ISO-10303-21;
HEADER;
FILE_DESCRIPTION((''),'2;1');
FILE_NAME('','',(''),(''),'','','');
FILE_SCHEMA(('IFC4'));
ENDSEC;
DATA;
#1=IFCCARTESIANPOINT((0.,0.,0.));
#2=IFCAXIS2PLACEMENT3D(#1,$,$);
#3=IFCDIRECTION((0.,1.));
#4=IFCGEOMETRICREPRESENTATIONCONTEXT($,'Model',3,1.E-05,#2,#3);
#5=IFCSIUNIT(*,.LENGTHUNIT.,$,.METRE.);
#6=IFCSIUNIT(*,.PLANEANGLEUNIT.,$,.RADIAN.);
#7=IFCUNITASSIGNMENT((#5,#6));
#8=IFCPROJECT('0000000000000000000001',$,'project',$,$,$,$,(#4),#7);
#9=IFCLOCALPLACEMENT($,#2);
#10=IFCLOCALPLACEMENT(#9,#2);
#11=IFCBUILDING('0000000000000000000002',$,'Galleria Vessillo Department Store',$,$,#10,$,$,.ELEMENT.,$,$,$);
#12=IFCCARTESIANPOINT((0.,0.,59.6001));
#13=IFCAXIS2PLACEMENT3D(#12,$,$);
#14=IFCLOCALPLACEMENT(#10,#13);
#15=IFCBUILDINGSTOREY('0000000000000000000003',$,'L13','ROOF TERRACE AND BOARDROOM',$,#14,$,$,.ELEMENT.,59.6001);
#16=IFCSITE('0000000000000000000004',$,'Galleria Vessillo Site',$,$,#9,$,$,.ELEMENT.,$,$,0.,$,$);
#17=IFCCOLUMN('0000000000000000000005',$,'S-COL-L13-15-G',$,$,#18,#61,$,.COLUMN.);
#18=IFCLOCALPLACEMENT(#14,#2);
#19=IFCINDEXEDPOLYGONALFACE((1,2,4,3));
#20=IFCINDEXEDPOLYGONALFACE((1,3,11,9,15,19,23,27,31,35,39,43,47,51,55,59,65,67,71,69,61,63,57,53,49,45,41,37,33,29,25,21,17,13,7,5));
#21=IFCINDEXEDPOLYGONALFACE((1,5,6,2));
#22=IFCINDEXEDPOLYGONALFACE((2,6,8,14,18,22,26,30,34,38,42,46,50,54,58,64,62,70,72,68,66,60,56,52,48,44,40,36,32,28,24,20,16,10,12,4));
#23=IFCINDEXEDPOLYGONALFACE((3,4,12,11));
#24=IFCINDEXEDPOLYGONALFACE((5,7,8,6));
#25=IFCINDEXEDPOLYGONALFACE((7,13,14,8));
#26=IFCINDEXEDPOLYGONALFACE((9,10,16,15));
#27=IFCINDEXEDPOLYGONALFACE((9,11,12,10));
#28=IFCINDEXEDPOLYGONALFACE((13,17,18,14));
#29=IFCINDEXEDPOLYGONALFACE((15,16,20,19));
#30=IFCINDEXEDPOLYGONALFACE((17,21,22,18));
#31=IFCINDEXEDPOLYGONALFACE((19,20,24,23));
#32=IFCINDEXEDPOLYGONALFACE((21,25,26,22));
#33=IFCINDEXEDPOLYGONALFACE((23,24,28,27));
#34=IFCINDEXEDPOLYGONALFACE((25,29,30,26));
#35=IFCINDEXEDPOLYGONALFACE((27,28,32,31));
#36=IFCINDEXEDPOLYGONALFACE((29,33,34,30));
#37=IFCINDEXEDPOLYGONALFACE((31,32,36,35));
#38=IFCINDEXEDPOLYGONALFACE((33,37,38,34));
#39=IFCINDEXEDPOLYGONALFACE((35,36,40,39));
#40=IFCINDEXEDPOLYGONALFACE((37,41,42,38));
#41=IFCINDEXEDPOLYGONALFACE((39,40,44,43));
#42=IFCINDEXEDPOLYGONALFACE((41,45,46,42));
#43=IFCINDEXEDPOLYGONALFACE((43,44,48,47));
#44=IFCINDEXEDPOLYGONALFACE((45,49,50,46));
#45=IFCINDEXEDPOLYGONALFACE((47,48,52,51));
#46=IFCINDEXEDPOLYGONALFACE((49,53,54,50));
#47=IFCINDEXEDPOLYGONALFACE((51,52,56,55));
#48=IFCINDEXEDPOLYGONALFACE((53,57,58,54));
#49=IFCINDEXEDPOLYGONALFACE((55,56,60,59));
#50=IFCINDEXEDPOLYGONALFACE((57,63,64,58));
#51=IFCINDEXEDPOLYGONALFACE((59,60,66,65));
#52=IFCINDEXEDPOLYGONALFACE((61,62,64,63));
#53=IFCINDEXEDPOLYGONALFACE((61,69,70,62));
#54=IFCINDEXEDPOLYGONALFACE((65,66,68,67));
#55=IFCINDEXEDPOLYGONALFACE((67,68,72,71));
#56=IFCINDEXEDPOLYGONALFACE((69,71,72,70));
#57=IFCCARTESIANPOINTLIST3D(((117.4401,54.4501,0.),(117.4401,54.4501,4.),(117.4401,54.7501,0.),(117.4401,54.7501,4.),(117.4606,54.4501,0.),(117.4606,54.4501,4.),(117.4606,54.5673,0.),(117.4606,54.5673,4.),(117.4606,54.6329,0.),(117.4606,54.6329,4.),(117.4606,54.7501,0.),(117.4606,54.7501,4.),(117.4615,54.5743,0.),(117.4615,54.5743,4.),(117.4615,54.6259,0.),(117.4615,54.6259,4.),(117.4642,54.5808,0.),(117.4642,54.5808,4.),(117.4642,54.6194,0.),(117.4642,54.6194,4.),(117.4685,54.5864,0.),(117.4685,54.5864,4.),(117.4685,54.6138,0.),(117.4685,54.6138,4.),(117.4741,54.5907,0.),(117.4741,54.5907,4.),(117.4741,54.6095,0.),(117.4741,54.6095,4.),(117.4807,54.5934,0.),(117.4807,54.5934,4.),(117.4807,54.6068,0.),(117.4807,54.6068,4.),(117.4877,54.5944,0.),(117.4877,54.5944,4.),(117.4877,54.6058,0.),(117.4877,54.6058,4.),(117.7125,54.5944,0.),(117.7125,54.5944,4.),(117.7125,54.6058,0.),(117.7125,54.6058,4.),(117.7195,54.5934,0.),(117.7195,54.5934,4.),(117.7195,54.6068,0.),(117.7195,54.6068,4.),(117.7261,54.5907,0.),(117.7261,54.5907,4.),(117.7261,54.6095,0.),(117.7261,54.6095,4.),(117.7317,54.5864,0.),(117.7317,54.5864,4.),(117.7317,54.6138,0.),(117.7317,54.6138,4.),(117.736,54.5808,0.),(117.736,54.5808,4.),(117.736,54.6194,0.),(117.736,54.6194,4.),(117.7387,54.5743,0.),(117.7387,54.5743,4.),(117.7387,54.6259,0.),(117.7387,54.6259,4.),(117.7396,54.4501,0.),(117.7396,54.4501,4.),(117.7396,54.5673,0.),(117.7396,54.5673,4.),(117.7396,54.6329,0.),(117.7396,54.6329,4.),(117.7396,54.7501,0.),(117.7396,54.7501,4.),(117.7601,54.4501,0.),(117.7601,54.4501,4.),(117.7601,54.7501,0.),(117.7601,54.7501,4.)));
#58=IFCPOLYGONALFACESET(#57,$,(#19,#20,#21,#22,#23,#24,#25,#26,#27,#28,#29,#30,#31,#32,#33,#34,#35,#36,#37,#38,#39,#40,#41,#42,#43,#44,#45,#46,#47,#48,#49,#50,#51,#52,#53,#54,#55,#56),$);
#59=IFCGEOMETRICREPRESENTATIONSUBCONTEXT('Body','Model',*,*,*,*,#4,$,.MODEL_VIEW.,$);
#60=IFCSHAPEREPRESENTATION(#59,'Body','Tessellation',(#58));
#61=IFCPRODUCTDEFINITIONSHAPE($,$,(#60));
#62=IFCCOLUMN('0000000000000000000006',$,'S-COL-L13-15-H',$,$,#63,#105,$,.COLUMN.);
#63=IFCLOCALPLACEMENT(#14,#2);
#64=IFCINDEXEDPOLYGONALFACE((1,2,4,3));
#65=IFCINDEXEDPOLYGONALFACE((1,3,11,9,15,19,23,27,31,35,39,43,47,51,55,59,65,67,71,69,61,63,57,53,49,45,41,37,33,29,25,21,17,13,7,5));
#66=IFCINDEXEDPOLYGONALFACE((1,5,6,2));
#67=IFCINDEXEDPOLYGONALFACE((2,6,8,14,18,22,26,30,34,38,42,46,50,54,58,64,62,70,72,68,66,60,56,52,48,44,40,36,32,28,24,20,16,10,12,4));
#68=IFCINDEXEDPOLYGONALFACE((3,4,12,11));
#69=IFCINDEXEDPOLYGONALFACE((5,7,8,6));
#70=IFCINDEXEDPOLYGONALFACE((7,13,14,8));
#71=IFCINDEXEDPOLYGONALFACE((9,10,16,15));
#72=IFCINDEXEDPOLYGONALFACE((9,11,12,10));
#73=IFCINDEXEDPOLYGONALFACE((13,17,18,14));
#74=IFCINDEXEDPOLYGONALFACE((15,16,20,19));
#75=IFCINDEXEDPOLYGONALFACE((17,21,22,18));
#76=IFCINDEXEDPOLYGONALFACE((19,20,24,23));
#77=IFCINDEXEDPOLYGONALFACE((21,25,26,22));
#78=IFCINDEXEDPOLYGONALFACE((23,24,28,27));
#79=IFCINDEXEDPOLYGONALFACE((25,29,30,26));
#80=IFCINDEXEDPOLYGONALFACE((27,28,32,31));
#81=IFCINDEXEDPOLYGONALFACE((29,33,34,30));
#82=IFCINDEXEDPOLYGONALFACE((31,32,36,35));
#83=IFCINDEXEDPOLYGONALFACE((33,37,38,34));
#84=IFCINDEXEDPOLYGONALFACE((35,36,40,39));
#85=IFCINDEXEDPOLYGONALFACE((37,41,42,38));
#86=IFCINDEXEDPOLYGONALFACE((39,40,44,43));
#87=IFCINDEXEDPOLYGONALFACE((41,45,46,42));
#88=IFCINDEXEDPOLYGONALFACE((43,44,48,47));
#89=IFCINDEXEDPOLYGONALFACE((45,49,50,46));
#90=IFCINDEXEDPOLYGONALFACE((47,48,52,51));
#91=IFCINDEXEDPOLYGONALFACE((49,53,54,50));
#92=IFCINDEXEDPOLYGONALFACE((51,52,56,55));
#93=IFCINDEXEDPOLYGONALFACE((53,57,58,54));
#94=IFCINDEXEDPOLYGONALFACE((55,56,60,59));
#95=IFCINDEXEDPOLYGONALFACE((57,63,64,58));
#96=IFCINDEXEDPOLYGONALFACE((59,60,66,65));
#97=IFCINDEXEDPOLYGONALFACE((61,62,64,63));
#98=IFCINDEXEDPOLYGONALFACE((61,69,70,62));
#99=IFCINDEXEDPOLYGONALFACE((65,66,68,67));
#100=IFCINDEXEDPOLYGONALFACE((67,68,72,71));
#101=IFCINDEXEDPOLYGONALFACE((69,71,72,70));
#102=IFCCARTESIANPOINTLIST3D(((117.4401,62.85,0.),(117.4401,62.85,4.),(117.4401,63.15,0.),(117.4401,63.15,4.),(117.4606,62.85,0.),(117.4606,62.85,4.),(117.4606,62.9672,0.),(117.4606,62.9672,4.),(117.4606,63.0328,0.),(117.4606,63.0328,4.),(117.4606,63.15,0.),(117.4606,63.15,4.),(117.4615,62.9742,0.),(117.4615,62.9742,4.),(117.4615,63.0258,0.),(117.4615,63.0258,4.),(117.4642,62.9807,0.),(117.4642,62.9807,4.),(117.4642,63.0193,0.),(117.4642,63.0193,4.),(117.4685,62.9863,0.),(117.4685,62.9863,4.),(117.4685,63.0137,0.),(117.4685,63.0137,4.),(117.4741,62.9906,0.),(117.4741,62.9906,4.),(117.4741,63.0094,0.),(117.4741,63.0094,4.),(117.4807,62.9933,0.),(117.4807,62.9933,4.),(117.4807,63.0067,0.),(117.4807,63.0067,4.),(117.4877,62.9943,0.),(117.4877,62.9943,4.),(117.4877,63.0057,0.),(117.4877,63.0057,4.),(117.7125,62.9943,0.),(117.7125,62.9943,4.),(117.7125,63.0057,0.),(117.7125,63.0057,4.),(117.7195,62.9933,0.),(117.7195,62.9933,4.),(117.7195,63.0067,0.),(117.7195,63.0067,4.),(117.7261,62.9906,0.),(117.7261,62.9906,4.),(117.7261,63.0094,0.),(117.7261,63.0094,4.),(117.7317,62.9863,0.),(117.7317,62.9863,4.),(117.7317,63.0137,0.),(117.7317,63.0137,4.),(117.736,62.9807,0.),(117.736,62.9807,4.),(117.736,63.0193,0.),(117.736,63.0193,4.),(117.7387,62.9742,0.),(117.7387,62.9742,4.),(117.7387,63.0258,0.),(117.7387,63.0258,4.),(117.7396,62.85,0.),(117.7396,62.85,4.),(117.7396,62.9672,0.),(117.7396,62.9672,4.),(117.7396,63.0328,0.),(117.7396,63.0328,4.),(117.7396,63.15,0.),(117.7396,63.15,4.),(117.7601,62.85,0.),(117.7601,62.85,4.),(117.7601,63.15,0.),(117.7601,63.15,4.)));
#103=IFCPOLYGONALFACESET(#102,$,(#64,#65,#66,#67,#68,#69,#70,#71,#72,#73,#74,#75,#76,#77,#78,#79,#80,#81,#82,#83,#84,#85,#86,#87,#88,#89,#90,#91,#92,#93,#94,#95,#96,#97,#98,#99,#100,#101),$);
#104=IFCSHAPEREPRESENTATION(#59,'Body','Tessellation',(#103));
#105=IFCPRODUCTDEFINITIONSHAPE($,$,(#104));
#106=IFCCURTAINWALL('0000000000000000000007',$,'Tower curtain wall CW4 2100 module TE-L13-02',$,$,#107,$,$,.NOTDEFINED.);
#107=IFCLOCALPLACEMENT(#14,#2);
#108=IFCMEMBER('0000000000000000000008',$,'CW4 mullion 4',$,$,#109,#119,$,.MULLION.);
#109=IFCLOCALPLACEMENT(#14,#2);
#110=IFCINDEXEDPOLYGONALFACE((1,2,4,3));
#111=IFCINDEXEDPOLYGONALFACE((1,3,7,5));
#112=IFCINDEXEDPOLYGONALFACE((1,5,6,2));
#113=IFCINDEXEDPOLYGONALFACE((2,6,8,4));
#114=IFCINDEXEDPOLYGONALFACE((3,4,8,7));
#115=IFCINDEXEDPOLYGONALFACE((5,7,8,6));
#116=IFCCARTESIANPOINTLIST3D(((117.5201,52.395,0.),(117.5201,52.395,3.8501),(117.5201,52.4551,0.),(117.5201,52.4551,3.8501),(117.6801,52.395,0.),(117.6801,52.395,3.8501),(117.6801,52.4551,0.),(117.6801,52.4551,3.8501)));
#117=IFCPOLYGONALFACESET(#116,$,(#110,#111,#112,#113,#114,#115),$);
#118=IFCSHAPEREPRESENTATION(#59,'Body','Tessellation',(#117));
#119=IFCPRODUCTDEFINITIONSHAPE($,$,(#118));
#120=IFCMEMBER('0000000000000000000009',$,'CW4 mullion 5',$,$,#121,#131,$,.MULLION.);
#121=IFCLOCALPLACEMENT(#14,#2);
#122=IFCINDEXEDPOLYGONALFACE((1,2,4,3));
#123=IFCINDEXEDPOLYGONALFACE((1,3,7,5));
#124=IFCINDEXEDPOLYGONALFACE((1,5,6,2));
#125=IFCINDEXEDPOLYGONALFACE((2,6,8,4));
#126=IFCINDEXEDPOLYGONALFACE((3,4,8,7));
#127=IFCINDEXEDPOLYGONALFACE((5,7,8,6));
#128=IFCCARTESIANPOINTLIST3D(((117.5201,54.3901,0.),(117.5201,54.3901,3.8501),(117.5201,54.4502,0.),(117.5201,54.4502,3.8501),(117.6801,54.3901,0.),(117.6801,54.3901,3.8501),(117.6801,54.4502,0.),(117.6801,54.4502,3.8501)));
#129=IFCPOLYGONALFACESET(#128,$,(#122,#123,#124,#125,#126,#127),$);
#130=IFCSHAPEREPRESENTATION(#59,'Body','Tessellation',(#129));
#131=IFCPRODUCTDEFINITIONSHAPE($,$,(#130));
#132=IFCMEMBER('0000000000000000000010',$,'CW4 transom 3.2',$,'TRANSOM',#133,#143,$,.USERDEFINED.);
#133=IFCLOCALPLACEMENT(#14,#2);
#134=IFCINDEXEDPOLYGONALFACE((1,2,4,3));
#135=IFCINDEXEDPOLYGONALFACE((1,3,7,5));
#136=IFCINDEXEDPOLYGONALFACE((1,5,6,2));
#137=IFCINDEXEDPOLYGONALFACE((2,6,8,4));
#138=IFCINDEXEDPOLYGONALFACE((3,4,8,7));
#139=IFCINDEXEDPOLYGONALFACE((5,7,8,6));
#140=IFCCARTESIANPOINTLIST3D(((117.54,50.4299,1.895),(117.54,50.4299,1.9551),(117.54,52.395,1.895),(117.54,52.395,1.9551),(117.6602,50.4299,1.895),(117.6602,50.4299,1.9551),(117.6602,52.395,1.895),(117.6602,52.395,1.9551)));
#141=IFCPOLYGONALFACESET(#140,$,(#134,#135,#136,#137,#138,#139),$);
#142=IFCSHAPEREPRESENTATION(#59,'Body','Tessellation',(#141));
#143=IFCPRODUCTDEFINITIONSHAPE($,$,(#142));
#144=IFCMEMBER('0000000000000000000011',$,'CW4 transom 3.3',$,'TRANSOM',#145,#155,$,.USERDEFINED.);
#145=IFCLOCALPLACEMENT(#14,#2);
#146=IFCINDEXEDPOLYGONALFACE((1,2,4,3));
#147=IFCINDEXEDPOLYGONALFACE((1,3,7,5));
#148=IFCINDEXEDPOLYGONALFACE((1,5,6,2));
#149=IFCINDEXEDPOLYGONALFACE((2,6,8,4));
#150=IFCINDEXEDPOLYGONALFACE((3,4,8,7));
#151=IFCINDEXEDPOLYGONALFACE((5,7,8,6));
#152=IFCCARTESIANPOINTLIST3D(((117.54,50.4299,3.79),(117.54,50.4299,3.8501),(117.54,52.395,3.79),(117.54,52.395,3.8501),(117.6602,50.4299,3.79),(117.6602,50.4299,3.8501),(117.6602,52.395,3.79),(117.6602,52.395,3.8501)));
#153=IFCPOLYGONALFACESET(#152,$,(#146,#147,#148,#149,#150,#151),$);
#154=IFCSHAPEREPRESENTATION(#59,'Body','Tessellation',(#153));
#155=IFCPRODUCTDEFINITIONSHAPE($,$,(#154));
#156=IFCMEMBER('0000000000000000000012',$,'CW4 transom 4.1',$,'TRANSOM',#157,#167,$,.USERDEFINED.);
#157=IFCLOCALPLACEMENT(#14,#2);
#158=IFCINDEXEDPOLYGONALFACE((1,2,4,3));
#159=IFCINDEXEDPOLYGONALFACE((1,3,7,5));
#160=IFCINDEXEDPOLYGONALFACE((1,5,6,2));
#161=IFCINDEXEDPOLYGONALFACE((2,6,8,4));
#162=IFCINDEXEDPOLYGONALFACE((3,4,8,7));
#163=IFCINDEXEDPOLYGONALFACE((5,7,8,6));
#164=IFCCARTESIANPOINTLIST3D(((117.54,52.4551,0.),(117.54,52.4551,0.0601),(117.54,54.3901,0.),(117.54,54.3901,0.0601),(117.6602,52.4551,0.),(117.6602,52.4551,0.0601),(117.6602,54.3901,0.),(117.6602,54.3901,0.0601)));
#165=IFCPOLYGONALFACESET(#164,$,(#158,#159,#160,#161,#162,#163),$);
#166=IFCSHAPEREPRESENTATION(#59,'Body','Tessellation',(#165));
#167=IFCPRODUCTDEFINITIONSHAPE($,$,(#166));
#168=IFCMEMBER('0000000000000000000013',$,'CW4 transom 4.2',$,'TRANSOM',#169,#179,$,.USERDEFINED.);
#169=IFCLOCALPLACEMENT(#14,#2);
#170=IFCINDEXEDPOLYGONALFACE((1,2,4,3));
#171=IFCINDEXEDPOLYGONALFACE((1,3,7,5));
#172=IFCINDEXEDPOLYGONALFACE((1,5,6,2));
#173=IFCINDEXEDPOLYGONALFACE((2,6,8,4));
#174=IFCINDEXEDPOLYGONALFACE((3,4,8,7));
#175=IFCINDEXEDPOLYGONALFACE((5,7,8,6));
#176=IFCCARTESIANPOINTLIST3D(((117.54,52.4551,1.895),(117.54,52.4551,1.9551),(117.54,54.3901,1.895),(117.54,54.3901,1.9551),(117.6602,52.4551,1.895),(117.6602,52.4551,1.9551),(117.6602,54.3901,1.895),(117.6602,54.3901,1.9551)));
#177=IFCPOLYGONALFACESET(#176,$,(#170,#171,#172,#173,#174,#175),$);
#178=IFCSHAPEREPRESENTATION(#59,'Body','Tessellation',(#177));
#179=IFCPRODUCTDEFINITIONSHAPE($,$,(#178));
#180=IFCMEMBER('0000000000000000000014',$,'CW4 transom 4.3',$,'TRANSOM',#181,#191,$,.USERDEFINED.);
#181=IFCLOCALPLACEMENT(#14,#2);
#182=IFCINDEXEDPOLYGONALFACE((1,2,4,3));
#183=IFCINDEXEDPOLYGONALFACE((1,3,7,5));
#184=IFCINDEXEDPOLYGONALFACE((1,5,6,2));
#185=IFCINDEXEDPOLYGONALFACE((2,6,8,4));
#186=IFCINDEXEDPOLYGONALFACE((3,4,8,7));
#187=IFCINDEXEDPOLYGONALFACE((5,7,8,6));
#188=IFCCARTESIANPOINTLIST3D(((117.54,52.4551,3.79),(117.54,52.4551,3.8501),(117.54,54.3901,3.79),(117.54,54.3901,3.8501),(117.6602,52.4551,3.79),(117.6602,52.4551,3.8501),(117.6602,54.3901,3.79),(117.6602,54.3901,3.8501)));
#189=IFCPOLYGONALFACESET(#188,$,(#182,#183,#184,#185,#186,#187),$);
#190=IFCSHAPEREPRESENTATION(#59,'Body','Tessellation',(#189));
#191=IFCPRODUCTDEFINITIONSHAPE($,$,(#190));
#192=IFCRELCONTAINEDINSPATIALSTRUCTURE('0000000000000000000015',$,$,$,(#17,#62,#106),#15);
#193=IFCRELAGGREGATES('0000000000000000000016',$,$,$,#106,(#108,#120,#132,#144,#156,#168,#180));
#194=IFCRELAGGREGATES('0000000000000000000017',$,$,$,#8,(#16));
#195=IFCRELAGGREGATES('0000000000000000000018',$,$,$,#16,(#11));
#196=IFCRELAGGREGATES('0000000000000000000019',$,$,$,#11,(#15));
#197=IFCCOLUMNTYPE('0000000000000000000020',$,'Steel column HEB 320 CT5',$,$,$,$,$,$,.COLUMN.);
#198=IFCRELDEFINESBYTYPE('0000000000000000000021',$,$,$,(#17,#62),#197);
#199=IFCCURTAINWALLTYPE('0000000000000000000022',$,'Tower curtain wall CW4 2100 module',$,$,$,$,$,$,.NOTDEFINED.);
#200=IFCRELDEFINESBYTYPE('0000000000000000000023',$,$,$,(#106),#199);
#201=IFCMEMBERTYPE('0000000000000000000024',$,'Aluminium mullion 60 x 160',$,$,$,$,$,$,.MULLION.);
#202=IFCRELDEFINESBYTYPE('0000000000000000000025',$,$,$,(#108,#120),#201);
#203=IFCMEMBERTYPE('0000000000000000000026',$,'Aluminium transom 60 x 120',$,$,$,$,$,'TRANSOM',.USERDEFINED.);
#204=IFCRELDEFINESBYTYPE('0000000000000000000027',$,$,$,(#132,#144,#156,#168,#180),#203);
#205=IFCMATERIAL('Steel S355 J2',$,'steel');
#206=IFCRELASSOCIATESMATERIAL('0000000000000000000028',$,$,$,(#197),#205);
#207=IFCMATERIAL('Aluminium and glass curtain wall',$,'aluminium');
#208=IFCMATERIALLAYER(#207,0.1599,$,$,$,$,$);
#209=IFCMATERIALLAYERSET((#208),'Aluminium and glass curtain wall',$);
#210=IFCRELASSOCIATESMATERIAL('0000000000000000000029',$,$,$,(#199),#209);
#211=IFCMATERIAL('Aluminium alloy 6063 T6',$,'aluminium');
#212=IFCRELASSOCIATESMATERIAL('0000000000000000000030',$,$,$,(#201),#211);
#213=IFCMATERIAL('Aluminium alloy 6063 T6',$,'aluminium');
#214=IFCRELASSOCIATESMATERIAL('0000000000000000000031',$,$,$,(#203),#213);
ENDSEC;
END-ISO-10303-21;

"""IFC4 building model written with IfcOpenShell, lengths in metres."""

from ifc_helpers import new_model, si_unit, direction, frame, origin, origin_2d, place, context, subcontext, project, spatial, rectangle, i_section, extrude, material, layer, layer_set, material_profile, profile_set, type_object, element, aggregate, save


model = new_model("IFC4")

# Units and contexts
model_context = context("Model", 3, precision=1e-05, world=origin(), true_north=direction((0.0, 1.0)))
body_context = subcontext(model_context, "Body", "Model", "MODEL_VIEW")
ifc_project = project(units=[si_unit("LENGTHUNIT", "METRE"), si_unit("PLANEANGLEUNIT", "RADIAN")], contexts=[model_context])

# Site, building, storey
site_placement = place(None, origin())
site = spatial("IfcSite", under=ifc_project, at=site_placement, Name="Galleria Vessillo Site", CompositionType="ELEMENT", RefElevation=0.0)
building_placement = place(site_placement, origin())
building = spatial("IfcBuilding", under=site, at=building_placement, Name="Galleria Vessillo Department Store", CompositionType="ELEMENT")
storey_placement = place(building_placement, frame((0.0, 0.0, 59.6001)))
storey = spatial("IfcBuildingStorey", under=building, at=storey_placement, Name="L13", Description="ROOF TERRACE AND BOARDROOM", CompositionType="ELEMENT", Elevation=59.6001)

# Columns
ifc_material_1 = material(Name="Steel S355 J2", Category="steel")
ifc_material_profile_1 = material_profile(ifc_material_1, i_section(OverallWidth=0.3, OverallDepth=0.3201, WebThickness=0.0115, FlangeThickness=0.0205, FilletRadius=0.0271, at=origin_2d()), Name="HEB 320")
ifc_profile_set_1 = profile_set([ifc_material_profile_1], Name="Steel S355 J2")
column_type = type_object("IfcColumnType", Name="Steel column HEB 320 CT5", PredefinedType="COLUMN", material=ifc_profile_set_1)
for number, where, z_axis, x_axis, name in (
    (1, (117.6001, 54.6001, 0.0), (0.0, 0.0, 1.0), (0.0, 1.0, 0.0), "S-COL-L13-15-G"),
    (2, (117.6001, 63.0, 0.0), (0.0, 0.0, 1.0), (0.0, 1.0, 0.0), "S-COL-L13-15-H"),
):
    element("IfcColumn", number, at=place(storey_placement, frame(where, z_axis=z_axis, x_axis=x_axis)), inside=storey, type_object=column_type, Name=name, PredefinedType="COLUMN", context=body_context, shape_type="SweptSolid", body=[
        extrude(i_section(OverallWidth=0.3, OverallDepth=0.3201, WebThickness=0.0115, FlangeThickness=0.0205, FilletRadius=0.0271, at=origin_2d()), origin(), (0.0, 0.0, 1.0), 4.0),
    ])

# Curtain wall, members
ifc_material_2 = material(Name="Aluminium and glass curtain wall", Category="aluminium")
ifc_layer_1 = layer(ifc_material_2, 0.1599)
ifc_layer_set_1 = layer_set([ifc_layer_1], Name="Aluminium and glass curtain wall")
curtain_wall_type = type_object("IfcCurtainWallType", Name="Tower curtain wall CW4 2100 module", PredefinedType="NOTDEFINED", material=ifc_layer_set_1)
curtain_wall_placement = place(storey_placement, origin())
curtain_wall = element("IfcCurtainWall", 3, at=curtain_wall_placement, inside=storey, type_object=curtain_wall_type, Name="Tower curtain wall CW4 2100 module TE-L13-02", PredefinedType="NOTDEFINED")
ifc_material_3 = material(Name="Aluminium alloy 6063 T6", Category="aluminium")
ifc_material_profile_2 = material_profile(ifc_material_3, rectangle(XDim=0.1599, YDim=0.0601, at=origin_2d()), Name="AL 60x160")
ifc_profile_set_2 = profile_set([ifc_material_profile_2], Name="Aluminium alloy 6063 T6")
member_type_1 = type_object("IfcMemberType", Name="Aluminium mullion 60 x 160", PredefinedType="MULLION", material=ifc_profile_set_2)
member_1_placement = place(storey_placement, frame((117.6001, 52.425, 0.0), z_axis=(0.0, 0.0, 1.0), x_axis=(-1.0, 0.0, 0.0)))
member_1 = element("IfcMember", 4, at=member_1_placement, type_object=member_type_1, Name="CW4 mullion 4", PredefinedType="MULLION", context=body_context, shape_type="SweptSolid", body=[
    extrude(rectangle(XDim=0.1599, YDim=0.0601, at=origin_2d()), origin(), (0.0, 0.0, 1.0), 3.8501),
])
member_2_placement = place(storey_placement, frame((117.6001, 54.4202, 0.0), z_axis=(0.0, 0.0, 1.0), x_axis=(-1.0, 0.0, 0.0)))
member_2 = element("IfcMember", 5, at=member_2_placement, type_object=member_type_1, Name="CW4 mullion 5", PredefinedType="MULLION", context=body_context, shape_type="SweptSolid", body=[
    extrude(rectangle(XDim=0.1599, YDim=0.0601, at=origin_2d()), origin(), (0.0, 0.0, 1.0), 3.8501),
])
ifc_material_4 = material(Name="Aluminium alloy 6063 T6", Category="aluminium")
ifc_material_profile_3 = material_profile(ifc_material_4, rectangle(XDim=0.1201, YDim=0.0601, at=origin_2d()), Name="AL 60x120")
ifc_profile_set_3 = profile_set([ifc_material_profile_3], Name="Aluminium alloy 6063 T6")
member_type_2 = type_object("IfcMemberType", Name="Aluminium transom 60 x 120", ElementType="TRANSOM", PredefinedType="USERDEFINED", material=ifc_profile_set_3)
member_3_placement = place(storey_placement, frame((117.6001, 50.4299, 1.925), z_axis=(0.0, 1.0, 0.0), x_axis=(-1.0, 0.0, 0.0)))
member_3 = element("IfcMember", 6, at=member_3_placement, type_object=member_type_2, Name="CW4 transom 3.2", ObjectType="TRANSOM", PredefinedType="USERDEFINED", context=body_context, shape_type="SweptSolid", body=[
    extrude(rectangle(XDim=0.1201, YDim=0.0601, at=origin_2d()), origin(), (0.0, 0.0, 1.0), 1.9651),
])
member_4_placement = place(storey_placement, frame((117.6001, 50.4299, 3.8201), z_axis=(0.0, 1.0, 0.0), x_axis=(-1.0, 0.0, 0.0)))
member_4 = element("IfcMember", 7, at=member_4_placement, type_object=member_type_2, Name="CW4 transom 3.3", ObjectType="TRANSOM", PredefinedType="USERDEFINED", context=body_context, shape_type="SweptSolid", body=[
    extrude(rectangle(XDim=0.1201, YDim=0.0601, at=origin_2d()), origin(), (0.0, 0.0, 1.0), 1.9651),
])
member_5_placement = place(storey_placement, frame((117.6001, 52.4551, 0.03), z_axis=(0.0, 1.0, 0.0), x_axis=(-1.0, 0.0, 0.0)))
member_5 = element("IfcMember", 8, at=member_5_placement, type_object=member_type_2, Name="CW4 transom 4.1", ObjectType="TRANSOM", PredefinedType="USERDEFINED", context=body_context, shape_type="SweptSolid", body=[
    extrude(rectangle(XDim=0.1201, YDim=0.0601, at=origin_2d()), origin(), (0.0, 0.0, 1.0), 1.9351),
])
member_6_placement = place(storey_placement, frame((117.6001, 52.4551, 1.925), z_axis=(0.0, 1.0, 0.0), x_axis=(-1.0, 0.0, 0.0)))
member_6 = element("IfcMember", 9, at=member_6_placement, type_object=member_type_2, Name="CW4 transom 4.2", ObjectType="TRANSOM", PredefinedType="USERDEFINED", context=body_context, shape_type="SweptSolid", body=[
    extrude(rectangle(XDim=0.1201, YDim=0.0601, at=origin_2d()), origin(), (0.0, 0.0, 1.0), 1.9351),
])
member_7_placement = place(storey_placement, frame((117.6001, 52.4551, 3.8201), z_axis=(0.0, 1.0, 0.0), x_axis=(-1.0, 0.0, 0.0)))
member_7 = element("IfcMember", 10, at=member_7_placement, type_object=member_type_2, Name="CW4 transom 4.3", ObjectType="TRANSOM", PredefinedType="USERDEFINED", context=body_context, shape_type="SweptSolid", body=[
    extrude(rectangle(XDim=0.1201, YDim=0.0601, at=origin_2d()), origin(), (0.0, 0.0, 1.0), 1.9351),
])
aggregate(curtain_wall, [member_1, member_2, member_3, member_4, member_5, member_6, member_7])

save(model, "model.ifc")
